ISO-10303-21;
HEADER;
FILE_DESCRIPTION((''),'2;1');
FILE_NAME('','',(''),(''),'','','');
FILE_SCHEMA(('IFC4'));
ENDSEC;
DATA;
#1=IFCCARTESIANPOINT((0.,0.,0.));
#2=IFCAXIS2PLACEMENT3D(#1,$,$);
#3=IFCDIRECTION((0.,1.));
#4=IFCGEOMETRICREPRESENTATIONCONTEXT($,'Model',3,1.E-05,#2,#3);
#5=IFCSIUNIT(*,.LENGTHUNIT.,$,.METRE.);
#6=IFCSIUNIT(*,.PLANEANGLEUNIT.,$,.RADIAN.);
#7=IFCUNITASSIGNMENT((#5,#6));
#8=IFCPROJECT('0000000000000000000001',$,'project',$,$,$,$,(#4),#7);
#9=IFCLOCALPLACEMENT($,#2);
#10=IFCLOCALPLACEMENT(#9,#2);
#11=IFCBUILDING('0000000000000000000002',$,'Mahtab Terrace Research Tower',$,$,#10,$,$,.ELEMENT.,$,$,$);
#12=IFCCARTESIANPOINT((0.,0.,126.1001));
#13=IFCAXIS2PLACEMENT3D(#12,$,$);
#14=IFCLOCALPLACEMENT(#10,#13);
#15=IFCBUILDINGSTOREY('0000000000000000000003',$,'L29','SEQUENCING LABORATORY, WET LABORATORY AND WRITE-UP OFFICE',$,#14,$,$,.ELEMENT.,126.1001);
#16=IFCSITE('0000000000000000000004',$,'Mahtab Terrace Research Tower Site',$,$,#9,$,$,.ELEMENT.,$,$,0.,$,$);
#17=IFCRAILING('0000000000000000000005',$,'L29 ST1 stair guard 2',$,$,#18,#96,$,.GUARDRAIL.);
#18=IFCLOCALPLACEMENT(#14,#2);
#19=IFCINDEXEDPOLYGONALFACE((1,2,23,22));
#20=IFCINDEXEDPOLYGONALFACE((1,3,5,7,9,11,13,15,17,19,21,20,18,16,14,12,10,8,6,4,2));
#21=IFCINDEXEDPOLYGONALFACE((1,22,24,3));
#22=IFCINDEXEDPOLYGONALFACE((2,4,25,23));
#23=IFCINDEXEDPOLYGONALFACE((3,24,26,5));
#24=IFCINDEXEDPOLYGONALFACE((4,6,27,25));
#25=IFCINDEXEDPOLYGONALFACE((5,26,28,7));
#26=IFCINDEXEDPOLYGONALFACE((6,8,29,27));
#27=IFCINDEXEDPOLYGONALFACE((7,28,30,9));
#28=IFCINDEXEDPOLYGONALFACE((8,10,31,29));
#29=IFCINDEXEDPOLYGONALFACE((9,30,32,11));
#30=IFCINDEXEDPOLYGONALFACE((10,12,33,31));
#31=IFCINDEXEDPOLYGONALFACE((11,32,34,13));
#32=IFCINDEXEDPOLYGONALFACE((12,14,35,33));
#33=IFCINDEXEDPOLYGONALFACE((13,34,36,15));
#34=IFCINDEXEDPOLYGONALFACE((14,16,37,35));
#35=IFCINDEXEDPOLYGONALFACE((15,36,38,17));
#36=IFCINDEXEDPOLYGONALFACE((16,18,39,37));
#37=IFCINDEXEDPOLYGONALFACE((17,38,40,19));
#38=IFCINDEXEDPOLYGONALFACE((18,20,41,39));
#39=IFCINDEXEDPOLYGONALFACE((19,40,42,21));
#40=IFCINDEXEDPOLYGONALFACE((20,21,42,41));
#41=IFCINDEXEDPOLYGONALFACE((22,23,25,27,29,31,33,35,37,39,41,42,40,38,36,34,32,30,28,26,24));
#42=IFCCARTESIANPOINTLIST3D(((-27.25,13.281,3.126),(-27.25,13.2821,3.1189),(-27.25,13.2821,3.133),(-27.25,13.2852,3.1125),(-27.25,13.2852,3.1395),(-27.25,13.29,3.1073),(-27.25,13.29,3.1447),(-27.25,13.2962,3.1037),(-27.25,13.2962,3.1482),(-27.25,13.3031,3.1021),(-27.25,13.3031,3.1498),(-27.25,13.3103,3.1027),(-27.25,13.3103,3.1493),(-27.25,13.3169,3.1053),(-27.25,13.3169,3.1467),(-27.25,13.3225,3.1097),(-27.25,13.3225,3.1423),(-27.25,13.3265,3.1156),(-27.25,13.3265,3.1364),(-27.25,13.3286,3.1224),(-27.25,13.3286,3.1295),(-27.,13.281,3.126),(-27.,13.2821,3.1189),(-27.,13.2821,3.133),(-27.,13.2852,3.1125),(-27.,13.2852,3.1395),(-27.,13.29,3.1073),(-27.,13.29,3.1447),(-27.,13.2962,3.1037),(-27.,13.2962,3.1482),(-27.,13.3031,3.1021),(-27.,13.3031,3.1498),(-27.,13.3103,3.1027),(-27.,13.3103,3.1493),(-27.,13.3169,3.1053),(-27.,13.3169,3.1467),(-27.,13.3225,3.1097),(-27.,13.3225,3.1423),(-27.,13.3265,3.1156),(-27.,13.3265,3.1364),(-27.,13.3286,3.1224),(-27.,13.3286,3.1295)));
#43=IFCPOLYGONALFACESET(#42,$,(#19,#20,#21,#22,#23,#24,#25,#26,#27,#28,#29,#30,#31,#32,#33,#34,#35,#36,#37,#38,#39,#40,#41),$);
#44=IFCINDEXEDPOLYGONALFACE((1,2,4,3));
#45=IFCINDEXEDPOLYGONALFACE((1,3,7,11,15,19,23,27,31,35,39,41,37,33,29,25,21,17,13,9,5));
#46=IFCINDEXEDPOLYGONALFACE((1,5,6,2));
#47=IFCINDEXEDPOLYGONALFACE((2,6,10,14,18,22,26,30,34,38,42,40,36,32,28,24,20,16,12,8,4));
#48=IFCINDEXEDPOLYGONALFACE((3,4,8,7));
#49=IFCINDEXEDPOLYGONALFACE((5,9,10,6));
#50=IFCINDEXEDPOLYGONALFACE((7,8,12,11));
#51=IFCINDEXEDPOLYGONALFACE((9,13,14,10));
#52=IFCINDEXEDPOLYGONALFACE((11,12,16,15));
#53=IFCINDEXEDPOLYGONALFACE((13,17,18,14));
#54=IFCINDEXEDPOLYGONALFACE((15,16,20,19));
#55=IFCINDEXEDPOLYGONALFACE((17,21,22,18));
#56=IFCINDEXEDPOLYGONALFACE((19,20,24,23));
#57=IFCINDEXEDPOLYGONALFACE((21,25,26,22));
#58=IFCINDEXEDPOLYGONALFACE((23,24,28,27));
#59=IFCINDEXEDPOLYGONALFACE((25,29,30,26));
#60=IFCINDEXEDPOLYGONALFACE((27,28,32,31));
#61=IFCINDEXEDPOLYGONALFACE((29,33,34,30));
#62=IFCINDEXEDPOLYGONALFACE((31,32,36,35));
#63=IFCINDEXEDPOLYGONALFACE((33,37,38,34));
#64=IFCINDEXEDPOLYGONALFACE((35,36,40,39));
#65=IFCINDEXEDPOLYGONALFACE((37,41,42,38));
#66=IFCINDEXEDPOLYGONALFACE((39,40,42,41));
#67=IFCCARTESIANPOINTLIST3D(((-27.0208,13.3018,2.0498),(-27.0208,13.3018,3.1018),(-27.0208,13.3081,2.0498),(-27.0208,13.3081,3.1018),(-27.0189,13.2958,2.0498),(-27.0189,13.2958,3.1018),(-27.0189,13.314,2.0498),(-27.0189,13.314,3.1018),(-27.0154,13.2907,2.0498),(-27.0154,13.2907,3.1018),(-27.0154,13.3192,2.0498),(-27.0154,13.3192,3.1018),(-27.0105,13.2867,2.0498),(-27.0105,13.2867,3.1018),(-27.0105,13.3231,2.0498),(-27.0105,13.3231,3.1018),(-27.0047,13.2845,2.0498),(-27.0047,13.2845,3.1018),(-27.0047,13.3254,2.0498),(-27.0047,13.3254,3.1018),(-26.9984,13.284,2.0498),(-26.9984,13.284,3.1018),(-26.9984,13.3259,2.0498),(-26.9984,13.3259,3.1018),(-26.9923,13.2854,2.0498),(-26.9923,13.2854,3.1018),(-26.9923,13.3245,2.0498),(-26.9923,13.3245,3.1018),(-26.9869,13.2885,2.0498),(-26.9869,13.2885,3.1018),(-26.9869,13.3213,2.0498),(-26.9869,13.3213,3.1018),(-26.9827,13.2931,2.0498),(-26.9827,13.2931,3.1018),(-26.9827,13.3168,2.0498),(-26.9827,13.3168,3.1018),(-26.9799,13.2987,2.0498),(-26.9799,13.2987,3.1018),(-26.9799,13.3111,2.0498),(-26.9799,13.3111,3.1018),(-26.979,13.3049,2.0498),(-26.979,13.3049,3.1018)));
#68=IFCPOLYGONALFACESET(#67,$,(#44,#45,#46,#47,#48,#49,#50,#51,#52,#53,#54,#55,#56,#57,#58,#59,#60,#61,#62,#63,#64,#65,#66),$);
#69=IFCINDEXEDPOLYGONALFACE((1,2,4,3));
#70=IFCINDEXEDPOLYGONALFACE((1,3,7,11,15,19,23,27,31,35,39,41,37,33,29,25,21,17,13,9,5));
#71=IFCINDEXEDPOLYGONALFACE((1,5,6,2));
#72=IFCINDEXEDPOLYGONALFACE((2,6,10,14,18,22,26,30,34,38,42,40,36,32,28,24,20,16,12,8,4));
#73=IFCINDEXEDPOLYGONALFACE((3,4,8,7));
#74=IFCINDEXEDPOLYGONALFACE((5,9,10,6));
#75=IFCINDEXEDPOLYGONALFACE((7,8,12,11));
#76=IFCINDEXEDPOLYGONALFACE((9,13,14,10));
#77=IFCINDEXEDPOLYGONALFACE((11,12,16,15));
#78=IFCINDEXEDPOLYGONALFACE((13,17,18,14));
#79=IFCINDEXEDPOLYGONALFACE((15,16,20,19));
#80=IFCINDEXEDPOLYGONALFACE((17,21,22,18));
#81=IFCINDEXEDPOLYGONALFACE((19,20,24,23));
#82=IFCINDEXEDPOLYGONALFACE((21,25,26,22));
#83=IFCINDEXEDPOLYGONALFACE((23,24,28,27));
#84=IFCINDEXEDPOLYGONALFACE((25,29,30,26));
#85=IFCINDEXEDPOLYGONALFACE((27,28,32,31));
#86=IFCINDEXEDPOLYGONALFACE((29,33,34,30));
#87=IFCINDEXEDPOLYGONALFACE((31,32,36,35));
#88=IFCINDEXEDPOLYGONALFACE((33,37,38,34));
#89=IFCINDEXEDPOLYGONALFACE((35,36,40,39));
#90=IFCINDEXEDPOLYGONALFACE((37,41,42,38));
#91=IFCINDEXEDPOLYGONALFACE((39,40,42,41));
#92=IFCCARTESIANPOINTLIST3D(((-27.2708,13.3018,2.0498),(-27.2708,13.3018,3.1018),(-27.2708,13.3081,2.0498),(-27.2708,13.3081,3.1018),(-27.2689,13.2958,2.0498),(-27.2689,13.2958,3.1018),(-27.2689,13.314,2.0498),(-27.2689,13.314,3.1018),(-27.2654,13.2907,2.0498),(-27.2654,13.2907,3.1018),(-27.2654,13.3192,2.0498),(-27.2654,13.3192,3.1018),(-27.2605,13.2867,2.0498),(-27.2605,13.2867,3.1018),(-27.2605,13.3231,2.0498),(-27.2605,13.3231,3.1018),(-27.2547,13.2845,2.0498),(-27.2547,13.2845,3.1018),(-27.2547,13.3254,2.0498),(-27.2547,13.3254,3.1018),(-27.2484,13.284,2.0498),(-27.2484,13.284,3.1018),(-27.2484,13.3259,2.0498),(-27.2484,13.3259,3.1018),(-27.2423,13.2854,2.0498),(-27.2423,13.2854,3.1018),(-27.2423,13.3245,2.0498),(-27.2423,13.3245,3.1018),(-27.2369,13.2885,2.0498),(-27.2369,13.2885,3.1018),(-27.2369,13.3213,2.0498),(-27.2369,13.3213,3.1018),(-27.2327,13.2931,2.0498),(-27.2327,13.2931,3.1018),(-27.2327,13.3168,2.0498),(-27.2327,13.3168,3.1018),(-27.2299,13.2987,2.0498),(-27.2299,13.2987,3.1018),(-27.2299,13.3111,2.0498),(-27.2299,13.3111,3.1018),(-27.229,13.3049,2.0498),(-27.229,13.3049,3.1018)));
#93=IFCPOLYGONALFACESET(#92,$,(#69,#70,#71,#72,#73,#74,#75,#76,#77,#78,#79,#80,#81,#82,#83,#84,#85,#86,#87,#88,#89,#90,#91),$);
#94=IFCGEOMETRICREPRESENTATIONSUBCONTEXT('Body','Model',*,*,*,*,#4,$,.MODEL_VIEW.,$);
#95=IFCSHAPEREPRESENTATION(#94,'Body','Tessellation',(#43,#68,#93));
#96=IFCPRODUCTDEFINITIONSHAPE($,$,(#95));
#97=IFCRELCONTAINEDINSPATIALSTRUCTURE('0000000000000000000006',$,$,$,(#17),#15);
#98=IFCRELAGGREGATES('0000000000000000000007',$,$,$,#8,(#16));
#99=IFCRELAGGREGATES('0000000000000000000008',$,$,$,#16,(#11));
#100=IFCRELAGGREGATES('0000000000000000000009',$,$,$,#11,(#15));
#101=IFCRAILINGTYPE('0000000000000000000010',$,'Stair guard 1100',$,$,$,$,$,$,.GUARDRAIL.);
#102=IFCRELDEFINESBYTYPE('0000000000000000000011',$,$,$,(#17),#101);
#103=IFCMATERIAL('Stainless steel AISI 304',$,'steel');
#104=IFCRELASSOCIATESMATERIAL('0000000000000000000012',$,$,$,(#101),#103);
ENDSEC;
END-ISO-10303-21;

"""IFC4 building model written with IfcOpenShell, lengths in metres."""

from ifc_helpers import new_model, si_unit, direction, frame, origin, origin_2d, place, context, subcontext, project, spatial, circle, extrude, material, type_object, element, save


model = new_model("IFC4")

# Units and contexts
model_context = context("Model", 3, precision=1e-05, world=origin(), true_north=direction((0.0, 1.0)))
body_context = subcontext(model_context, "Body", "Model", "MODEL_VIEW")
ifc_project = project(units=[si_unit("LENGTHUNIT", "METRE"), si_unit("PLANEANGLEUNIT", "RADIAN")], contexts=[model_context])

# Site, building, storey
site_placement = place(None, origin())
site = spatial("IfcSite", under=ifc_project, at=site_placement, Name="Mahtab Terrace Research Tower Site", CompositionType="ELEMENT", RefElevation=0.0)
building_placement = place(site_placement, origin())
building = spatial("IfcBuilding", under=site, at=building_placement, Name="Mahtab Terrace Research Tower", CompositionType="ELEMENT")
storey_placement = place(building_placement, frame((0.0, 0.0, 126.1001)))
storey = spatial("IfcBuildingStorey", under=building, at=storey_placement, Name="L29", Description="SEQUENCING LABORATORY, WET LABORATORY AND WRITE-UP OFFICE", CompositionType="ELEMENT", Elevation=126.1001)

# Shared definitions
ifc_material_1 = material(Name="Stainless steel AISI 304", Category="steel")

# Railing
railing_type = type_object("IfcRailingType", Name="Stair guard 1100", PredefinedType="GUARDRAIL", material=ifc_material_1)
railing_1_placement = place(storey_placement, frame((-27.0, 13.3049, 2.0498)))
element("IfcRailing", 1, at=railing_1_placement, inside=storey, type_object=railing_type, Name="L29 ST1 stair guard 2", PredefinedType="GUARDRAIL", context=body_context, shape_type="SweptSolid", body=[
    extrude(circle(Radius=0.0239, at=origin_2d()), frame((0.0, 0.0, 1.0762), z_axis=(-1.0, 0.0, 0.0), x_axis=(0.0, -1.0, 0.0)), (0.0, 0.0, 1.0), 0.25),
    extrude(circle(Radius=0.021, at=origin_2d()), origin(), (0.0, 0.0, 1.0), 1.052),
    extrude(circle(Radius=0.021, at=origin_2d()), frame((-0.25, 0.0, 0.0)), (0.0, 0.0, 1.0), 1.052),
])

save(model, "model.ifc")
